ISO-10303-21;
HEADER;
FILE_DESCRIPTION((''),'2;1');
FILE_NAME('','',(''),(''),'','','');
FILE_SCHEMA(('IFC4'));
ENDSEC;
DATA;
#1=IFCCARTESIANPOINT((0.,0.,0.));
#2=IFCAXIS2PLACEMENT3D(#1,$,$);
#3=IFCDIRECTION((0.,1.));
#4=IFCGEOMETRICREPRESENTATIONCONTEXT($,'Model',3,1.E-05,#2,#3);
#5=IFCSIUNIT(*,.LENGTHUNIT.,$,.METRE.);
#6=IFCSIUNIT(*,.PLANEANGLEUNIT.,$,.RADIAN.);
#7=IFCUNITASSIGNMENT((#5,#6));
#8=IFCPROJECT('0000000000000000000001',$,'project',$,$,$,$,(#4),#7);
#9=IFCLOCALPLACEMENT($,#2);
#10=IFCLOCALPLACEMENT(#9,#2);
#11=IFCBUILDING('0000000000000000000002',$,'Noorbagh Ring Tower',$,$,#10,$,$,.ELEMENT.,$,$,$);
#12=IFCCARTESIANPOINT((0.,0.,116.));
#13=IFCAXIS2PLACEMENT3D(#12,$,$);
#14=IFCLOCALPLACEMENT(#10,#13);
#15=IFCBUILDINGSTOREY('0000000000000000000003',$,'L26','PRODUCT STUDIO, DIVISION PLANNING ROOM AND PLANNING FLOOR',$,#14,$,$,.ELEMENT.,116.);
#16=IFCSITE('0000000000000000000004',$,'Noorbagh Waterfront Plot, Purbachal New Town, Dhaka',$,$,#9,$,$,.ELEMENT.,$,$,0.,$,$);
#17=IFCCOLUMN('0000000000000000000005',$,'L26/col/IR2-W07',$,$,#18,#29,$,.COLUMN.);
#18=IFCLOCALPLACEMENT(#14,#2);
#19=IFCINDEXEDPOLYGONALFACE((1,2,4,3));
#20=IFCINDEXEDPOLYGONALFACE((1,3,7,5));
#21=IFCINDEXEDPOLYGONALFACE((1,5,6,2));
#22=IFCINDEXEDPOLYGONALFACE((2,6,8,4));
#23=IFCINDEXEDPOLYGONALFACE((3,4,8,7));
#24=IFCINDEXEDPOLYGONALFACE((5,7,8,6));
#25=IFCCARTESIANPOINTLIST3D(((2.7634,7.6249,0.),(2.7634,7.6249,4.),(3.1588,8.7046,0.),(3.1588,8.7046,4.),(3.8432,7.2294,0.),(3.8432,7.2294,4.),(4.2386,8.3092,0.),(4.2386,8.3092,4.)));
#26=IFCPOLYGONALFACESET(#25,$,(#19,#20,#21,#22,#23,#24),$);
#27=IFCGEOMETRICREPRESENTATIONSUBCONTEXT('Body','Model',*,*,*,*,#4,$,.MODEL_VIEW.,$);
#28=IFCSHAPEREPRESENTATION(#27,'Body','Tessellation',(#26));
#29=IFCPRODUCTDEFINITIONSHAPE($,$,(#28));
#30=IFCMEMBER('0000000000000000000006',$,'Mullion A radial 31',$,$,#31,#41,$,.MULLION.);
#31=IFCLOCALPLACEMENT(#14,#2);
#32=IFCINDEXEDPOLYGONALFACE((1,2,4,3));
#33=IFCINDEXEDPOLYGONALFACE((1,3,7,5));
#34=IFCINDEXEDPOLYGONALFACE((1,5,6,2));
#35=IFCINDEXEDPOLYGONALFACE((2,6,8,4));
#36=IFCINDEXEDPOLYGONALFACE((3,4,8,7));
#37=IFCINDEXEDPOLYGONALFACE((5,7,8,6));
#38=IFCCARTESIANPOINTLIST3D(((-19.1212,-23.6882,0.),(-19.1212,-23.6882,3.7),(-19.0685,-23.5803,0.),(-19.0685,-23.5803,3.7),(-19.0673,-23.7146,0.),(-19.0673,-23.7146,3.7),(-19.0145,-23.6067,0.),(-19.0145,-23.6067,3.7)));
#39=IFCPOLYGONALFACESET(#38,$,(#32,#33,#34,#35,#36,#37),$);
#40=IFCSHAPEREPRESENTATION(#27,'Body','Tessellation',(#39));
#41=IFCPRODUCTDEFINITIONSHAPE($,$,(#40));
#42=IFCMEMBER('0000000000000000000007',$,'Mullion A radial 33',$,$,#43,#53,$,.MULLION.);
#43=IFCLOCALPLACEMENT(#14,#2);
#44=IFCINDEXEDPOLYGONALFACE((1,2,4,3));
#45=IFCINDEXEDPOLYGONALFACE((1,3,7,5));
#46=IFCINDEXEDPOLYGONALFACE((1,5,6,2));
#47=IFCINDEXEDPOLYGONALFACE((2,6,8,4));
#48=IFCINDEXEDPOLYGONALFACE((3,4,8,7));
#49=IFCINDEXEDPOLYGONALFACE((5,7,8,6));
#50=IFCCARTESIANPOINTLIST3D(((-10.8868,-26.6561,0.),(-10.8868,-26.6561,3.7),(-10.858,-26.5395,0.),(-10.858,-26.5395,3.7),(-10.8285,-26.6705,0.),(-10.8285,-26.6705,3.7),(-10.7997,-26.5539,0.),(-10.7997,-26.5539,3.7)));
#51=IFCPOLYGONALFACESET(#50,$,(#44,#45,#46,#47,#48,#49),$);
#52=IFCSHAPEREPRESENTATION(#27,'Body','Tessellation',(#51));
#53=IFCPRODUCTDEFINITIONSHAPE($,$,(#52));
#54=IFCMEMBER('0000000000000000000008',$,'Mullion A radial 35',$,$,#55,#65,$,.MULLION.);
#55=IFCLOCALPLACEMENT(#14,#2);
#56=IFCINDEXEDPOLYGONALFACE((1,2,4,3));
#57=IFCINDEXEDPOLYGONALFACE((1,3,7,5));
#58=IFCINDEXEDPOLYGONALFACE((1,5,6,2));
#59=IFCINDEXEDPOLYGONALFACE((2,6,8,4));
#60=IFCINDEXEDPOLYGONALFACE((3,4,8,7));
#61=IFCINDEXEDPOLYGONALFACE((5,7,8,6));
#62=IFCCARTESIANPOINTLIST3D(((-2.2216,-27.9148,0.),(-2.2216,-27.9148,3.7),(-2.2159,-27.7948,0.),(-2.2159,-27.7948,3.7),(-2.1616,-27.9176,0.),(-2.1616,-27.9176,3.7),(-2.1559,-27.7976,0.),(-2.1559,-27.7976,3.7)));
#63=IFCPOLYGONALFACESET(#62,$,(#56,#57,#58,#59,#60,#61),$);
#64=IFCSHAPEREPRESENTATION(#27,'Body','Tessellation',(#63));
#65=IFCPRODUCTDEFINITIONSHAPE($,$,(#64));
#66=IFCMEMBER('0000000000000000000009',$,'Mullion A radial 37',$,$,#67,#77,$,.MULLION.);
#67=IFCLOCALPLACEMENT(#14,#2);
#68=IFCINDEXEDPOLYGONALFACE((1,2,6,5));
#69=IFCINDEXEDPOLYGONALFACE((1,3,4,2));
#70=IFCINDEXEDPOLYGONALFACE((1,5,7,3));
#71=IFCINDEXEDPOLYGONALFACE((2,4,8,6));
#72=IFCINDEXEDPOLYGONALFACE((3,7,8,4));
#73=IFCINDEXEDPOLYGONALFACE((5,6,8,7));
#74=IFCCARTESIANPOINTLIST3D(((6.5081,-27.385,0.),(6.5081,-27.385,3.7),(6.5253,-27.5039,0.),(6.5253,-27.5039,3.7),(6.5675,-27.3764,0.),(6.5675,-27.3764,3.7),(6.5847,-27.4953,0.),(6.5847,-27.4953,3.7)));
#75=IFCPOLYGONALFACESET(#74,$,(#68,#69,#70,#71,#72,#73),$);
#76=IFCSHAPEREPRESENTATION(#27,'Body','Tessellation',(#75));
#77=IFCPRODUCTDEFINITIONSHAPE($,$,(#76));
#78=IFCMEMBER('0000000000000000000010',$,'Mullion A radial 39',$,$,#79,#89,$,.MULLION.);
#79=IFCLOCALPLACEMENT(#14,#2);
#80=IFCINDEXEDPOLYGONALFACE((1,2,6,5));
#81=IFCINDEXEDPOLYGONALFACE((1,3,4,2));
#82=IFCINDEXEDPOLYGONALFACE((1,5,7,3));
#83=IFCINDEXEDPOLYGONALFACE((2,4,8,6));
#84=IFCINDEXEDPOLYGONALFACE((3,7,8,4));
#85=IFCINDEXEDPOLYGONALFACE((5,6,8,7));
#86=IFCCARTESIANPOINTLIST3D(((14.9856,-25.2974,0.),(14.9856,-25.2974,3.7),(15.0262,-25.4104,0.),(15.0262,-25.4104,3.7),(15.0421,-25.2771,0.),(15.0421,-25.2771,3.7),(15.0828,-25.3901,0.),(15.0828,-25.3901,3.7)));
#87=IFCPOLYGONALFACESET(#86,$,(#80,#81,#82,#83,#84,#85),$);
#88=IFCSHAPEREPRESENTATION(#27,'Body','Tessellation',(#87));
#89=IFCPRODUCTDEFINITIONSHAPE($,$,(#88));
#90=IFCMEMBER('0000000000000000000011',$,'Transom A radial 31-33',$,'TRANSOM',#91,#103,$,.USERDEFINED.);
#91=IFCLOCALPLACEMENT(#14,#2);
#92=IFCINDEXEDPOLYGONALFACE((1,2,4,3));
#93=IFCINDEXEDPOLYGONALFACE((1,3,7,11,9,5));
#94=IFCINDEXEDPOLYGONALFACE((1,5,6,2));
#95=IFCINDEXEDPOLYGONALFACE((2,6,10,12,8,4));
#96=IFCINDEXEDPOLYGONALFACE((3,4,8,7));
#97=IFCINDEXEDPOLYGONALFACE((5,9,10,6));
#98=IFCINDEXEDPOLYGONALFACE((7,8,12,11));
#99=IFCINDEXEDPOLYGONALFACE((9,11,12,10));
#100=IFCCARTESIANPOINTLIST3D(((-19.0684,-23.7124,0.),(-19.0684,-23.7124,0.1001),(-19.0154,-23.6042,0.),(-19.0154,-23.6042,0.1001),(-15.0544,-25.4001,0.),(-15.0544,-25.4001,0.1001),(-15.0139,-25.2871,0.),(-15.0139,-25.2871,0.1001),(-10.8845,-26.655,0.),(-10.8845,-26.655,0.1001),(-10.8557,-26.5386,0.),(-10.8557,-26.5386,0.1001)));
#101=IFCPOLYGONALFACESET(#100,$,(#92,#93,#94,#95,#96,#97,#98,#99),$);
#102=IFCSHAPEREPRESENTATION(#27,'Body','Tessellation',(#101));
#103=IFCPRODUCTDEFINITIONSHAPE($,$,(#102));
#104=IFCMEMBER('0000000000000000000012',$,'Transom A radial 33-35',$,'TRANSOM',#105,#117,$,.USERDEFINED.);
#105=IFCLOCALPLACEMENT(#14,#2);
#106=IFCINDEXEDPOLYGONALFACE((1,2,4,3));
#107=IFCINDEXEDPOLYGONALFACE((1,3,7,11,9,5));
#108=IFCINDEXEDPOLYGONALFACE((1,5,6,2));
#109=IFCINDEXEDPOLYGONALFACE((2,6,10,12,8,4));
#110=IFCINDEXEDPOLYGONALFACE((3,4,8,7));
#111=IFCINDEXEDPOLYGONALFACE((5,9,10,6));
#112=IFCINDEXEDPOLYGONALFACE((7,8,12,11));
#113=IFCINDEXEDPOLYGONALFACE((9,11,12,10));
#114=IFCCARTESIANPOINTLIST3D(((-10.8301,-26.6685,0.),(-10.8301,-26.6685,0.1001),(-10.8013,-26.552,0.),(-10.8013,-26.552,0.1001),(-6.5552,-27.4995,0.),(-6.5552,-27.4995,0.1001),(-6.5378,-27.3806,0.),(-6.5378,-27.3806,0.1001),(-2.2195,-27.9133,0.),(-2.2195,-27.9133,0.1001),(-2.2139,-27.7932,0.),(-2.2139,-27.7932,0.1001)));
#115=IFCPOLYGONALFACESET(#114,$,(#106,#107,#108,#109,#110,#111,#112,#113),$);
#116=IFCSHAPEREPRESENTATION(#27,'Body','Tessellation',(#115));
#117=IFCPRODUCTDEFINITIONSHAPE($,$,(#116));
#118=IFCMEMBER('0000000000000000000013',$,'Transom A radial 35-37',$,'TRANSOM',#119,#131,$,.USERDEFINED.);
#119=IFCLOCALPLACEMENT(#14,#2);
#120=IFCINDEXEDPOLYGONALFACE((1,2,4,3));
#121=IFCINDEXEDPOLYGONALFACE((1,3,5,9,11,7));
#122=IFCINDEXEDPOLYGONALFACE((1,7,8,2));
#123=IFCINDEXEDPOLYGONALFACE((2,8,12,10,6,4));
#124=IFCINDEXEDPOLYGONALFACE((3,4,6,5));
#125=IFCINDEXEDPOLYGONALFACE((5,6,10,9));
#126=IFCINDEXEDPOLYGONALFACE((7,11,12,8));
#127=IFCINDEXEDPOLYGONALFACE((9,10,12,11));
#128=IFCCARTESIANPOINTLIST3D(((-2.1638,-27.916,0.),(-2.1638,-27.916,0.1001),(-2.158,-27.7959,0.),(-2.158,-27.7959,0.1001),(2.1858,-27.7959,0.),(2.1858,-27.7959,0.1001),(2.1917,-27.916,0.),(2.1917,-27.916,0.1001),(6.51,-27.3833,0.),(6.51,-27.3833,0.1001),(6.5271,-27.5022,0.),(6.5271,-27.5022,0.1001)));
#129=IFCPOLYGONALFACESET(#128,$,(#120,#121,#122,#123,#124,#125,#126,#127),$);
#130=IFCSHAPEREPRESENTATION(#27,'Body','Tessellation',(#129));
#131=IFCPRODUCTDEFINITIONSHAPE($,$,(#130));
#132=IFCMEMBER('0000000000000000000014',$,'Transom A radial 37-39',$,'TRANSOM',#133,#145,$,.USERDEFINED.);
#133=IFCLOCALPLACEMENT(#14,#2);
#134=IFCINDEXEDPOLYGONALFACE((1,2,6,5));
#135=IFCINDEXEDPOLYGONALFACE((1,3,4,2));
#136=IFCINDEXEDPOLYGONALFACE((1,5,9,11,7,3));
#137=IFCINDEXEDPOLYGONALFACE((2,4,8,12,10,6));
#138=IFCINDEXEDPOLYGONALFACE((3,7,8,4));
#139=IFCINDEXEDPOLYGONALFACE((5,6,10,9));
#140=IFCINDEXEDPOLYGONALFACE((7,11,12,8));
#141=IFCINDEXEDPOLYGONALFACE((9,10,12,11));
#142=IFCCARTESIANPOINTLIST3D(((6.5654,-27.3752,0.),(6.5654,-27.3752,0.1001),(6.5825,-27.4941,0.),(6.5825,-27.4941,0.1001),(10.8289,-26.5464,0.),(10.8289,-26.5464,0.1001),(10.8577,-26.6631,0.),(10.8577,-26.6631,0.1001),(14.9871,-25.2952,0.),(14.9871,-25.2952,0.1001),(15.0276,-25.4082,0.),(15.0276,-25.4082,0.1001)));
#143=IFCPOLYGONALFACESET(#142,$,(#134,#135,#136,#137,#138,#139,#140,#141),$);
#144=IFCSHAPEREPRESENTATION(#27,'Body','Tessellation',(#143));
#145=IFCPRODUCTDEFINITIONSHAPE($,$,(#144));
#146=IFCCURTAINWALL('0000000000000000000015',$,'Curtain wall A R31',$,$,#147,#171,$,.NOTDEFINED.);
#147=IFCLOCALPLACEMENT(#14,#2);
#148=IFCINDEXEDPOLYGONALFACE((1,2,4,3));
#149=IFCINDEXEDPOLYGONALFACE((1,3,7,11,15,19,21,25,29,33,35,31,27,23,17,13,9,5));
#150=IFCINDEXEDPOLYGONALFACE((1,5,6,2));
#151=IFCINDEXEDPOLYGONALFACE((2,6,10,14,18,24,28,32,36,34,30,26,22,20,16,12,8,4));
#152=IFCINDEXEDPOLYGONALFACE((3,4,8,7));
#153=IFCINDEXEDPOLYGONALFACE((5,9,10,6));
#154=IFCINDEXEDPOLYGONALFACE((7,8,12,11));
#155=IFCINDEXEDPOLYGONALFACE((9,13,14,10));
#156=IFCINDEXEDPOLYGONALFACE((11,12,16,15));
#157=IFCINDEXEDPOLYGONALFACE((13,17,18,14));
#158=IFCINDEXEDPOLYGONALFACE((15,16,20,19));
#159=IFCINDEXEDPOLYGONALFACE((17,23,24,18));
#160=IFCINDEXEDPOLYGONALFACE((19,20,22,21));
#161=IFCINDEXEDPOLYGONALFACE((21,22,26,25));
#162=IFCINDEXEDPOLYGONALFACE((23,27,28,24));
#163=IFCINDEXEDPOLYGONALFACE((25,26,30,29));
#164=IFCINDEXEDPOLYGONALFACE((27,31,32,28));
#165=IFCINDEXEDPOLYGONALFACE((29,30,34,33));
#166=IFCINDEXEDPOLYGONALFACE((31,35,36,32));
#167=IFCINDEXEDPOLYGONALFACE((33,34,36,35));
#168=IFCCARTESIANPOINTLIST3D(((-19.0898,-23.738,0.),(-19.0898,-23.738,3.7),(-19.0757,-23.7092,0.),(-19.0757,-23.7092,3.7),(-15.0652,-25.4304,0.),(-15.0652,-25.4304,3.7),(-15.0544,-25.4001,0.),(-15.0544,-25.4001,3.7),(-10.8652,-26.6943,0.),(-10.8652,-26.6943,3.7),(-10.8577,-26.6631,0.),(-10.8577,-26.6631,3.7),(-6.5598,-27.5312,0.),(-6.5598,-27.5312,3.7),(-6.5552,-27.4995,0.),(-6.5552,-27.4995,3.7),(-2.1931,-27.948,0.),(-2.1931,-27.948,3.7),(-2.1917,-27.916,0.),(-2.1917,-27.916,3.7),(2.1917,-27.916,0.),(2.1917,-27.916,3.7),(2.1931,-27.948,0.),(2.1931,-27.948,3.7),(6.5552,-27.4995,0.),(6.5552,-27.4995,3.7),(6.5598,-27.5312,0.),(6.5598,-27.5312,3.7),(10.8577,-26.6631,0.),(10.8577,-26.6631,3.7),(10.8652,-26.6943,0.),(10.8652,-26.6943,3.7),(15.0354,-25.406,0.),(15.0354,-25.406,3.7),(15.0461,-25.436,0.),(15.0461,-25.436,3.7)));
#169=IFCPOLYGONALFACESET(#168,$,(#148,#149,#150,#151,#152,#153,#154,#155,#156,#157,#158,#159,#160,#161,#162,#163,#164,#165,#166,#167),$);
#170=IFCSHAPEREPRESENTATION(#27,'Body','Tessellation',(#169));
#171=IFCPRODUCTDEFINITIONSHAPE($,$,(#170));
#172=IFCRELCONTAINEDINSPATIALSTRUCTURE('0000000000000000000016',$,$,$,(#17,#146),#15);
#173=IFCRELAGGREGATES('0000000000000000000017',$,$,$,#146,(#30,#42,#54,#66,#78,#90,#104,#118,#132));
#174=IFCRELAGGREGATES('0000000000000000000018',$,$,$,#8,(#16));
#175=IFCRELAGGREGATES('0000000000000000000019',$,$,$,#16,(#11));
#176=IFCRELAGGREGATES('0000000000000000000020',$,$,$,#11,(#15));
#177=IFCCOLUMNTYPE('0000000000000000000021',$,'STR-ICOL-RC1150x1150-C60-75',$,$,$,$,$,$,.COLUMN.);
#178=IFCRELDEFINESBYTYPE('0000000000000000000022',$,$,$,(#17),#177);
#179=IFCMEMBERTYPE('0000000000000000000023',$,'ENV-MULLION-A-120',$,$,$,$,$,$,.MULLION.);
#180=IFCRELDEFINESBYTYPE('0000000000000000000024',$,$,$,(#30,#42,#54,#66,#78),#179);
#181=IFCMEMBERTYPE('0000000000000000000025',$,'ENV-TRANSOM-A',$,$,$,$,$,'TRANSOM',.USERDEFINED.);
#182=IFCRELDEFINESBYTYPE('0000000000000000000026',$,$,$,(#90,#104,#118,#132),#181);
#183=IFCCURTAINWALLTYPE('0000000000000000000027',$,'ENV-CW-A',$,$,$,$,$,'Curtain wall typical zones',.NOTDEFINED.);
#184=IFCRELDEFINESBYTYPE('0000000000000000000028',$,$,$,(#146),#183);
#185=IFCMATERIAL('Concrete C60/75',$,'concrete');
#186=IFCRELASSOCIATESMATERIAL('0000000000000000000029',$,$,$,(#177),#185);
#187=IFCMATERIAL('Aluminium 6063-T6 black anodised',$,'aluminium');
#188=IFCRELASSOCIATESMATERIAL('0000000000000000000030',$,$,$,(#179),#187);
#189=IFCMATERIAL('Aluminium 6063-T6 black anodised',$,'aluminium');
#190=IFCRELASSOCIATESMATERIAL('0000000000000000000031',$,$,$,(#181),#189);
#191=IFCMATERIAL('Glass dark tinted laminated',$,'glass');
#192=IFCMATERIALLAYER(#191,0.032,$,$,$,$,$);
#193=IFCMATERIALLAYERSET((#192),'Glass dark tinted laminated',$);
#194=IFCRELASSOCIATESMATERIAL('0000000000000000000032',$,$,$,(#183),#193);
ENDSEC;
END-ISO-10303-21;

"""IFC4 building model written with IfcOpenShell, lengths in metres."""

from ifc_helpers import new_model, si_unit, direction, frame, origin, origin_2d, place, context, subcontext, project, spatial, polyline, rectangle, outline, extrude, material, layer, layer_set, material_profile, profile_set, type_object, element, aggregate, save


model = new_model("IFC4")

# Units and contexts
model_context = context("Model", 3, precision=1e-05, world=origin(), true_north=direction((0.0, 1.0)))
body_context = subcontext(model_context, "Body", "Model", "MODEL_VIEW")
ifc_project = project(units=[si_unit("LENGTHUNIT", "METRE"), si_unit("PLANEANGLEUNIT", "RADIAN")], contexts=[model_context])

# Site, building, storey
site_placement = place(None, origin())
site = spatial("IfcSite", under=ifc_project, at=site_placement, Name="Noorbagh Waterfront Plot, Purbachal New Town, Dhaka", CompositionType="ELEMENT", RefElevation=0.0)
building_placement = place(site_placement, origin())
building = spatial("IfcBuilding", under=site, at=building_placement, Name="Noorbagh Ring Tower", CompositionType="ELEMENT")
storey_placement = place(building_placement, frame((0.0, 0.0, 116.0)))
storey = spatial("IfcBuildingStorey", under=building, at=storey_placement, Name="L26", Description="PRODUCT STUDIO, DIVISION PLANNING ROOM AND PLANNING FLOOR", CompositionType="ELEMENT", Elevation=116.0)

# Column
ifc_material_1 = material(Name="Concrete C60/75", Category="concrete")
ifc_material_profile_1 = material_profile(ifc_material_1, rectangle(XDim=1.1499, YDim=1.1499, at=origin_2d()), Name="RC1150x1150")
ifc_profile_set_1 = profile_set([ifc_material_profile_1], Name="Concrete C60/75")
column_type = type_object("IfcColumnType", Name="STR-ICOL-RC1150x1150-C60-75", PredefinedType="COLUMN", material=ifc_profile_set_1)
column_placement = place(storey_placement, frame((3.501, 7.967, 0.0), z_axis=(0.0, 0.0, 1.0), x_axis=(-0.93902, 0.343864, 0.0)))
element("IfcColumn", 1, at=column_placement, inside=storey, type_object=column_type, Name="L26/col/IR2-W07", PredefinedType="COLUMN", context=body_context, shape_type="SweptSolid", body=[
    extrude(rectangle(XDim=1.1499, YDim=1.1499, at=origin_2d()), origin(), (0.0, 0.0, 1.0), 4.0),
])

# Members
ifc_material_2 = material(Name="Aluminium 6063-T6 black anodised", Category="aluminium")
ifc_material_profile_2 = material_profile(ifc_material_2, rectangle(XDim=0.1201, YDim=0.0601, at=origin_2d()), Name="120x60")
ifc_profile_set_2 = profile_set([ifc_material_profile_2], Name="Aluminium 6063-T6 black anodised")
member_type_1 = type_object("IfcMemberType", Name="ENV-MULLION-A-120", PredefinedType="MULLION", material=ifc_profile_set_2)
member_1_placement = place(storey_placement, frame((-19.0679, -23.6475, 0.0), z_axis=(0.0, 0.0, 1.0), x_axis=(0.439238, 0.898371, 0.0)))
member_1 = element("IfcMember", 2, at=member_1_placement, type_object=member_type_1, Name="Mullion A radial 31", PredefinedType="MULLION", context=body_context, shape_type="SweptSolid", body=[
    extrude(rectangle(XDim=0.1201, YDim=0.0601, at=origin_2d()), origin(), (0.0, 0.0, 1.0), 3.7),
])
member_2_placement = place(storey_placement, frame((-10.8433, -26.605, 0.0), z_axis=(0.0, 0.0, 1.0), x_axis=(0.239799, 0.970823, 0.0)))
member_2 = element("IfcMember", 3, at=member_2_placement, type_object=member_type_1, Name="Mullion A radial 33", PredefinedType="MULLION", context=body_context, shape_type="SweptSolid", body=[
    extrude(rectangle(XDim=0.1201, YDim=0.0601, at=origin_2d()), origin(), (0.0, 0.0, 1.0), 3.7),
])
member_3_placement = place(storey_placement, frame((-2.1887, -27.8562, 0.0), z_axis=(0.0, 0.0, 1.0), x_axis=(0.047558, 0.998868, 0.0)))
member_3 = element("IfcMember", 4, at=member_3_placement, type_object=member_type_1, Name="Mullion A radial 35", PredefinedType="MULLION", context=body_context, shape_type="SweptSolid", body=[
    extrude(rectangle(XDim=0.1201, YDim=0.0601, at=origin_2d()), origin(), (0.0, 0.0, 1.0), 3.7),
])
member_4_placement = place(storey_placement, frame((6.5464, -27.4402, 0.0), z_axis=(0.0, 0.0, 1.0), x_axis=(-0.143082, 0.989711, 0.0)))
member_4 = element("IfcMember", 5, at=member_4_placement, type_object=member_type_1, Name="Mullion A radial 37", PredefinedType="MULLION", context=body_context, shape_type="SweptSolid", body=[
    extrude(rectangle(XDim=0.1201, YDim=0.0601, at=origin_2d()), origin(), (0.0, 0.0, 1.0), 3.7),
])
member_5_placement = place(storey_placement, frame((15.0342, -25.3438, 0.0), z_axis=(0.0, 0.0, 1.0), x_axis=(-0.338379, 0.94101, 0.0)))
member_5 = element("IfcMember", 6, at=member_5_placement, type_object=member_type_1, Name="Mullion A radial 39", PredefinedType="MULLION", context=body_context, shape_type="SweptSolid", body=[
    extrude(rectangle(XDim=0.1201, YDim=0.0601, at=origin_2d()), origin(), (0.0, 0.0, 1.0), 3.7),
])
ifc_material_3 = material(Name="Aluminium 6063-T6 black anodised", Category="aluminium")
member_type_2 = type_object("IfcMemberType", Name="ENV-TRANSOM-A", ElementType="TRANSOM", PredefinedType="USERDEFINED", material=ifc_material_3)
member_6_placement = place(storey_placement, origin())
member_6 = element("IfcMember", 7, at=member_6_placement, type_object=member_type_2, Name="Transom A radial 31-33", ObjectType="TRANSOM", PredefinedType="USERDEFINED", context=body_context, shape_type="SweptSolid", body=[
    extrude(outline(polyline([(-19.0684, -23.7124), (-15.0544, -25.4001), (-10.8845, -26.655), (-10.8557, -26.5386), (-15.0139, -25.2871), (-19.0154, -23.6042), (-19.0684, -23.7124)])), origin(), (0.0, 0.0, 1.0), 0.1001),
])
member_7_placement = place(storey_placement, origin())
member_7 = element("IfcMember", 8, at=member_7_placement, type_object=member_type_2, Name="Transom A radial 33-35", ObjectType="TRANSOM", PredefinedType="USERDEFINED", context=body_context, shape_type="SweptSolid", body=[
    extrude(outline(polyline([(-10.8301, -26.6685), (-6.5552, -27.4995), (-2.2195, -27.9133), (-2.2139, -27.7932), (-6.5378, -27.3806), (-10.8013, -26.552), (-10.8301, -26.6685)])), origin(), (0.0, 0.0, 1.0), 0.1001),
])
member_8_placement = place(storey_placement, origin())
member_8 = element("IfcMember", 9, at=member_8_placement, type_object=member_type_2, Name="Transom A radial 35-37", ObjectType="TRANSOM", PredefinedType="USERDEFINED", context=body_context, shape_type="SweptSolid", body=[
    extrude(outline(polyline([(-2.1638, -27.916), (2.1917, -27.916), (6.5271, -27.5022), (6.51, -27.3833), (2.1858, -27.7959), (-2.158, -27.7959), (-2.1638, -27.916)])), origin(), (0.0, 0.0, 1.0), 0.1001),
])
member_9_placement = place(storey_placement, origin())
member_9 = element("IfcMember", 10, at=member_9_placement, type_object=member_type_2, Name="Transom A radial 37-39", ObjectType="TRANSOM", PredefinedType="USERDEFINED", context=body_context, shape_type="SweptSolid", body=[
    extrude(outline(polyline([(6.5825, -27.4941), (10.8577, -26.6631), (15.0276, -25.4082), (14.9871, -25.2952), (10.8289, -26.5464), (6.5654, -27.3752), (6.5825, -27.4941)])), origin(), (0.0, 0.0, 1.0), 0.1001),
])

# Curtain wall
ifc_material_4 = material(Name="Glass dark tinted laminated", Category="glass")
ifc_layer_1 = layer(ifc_material_4, 0.032)
ifc_layer_set_1 = layer_set([ifc_layer_1], Name="Glass dark tinted laminated")
curtain_wall_type_1 = type_object("IfcCurtainWallType", Name="ENV-CW-A", ElementType="Curtain wall typical zones", PredefinedType="NOTDEFINED", material=ifc_layer_set_1)
curtain_wall_1_placement = place(storey_placement, origin())
curtain_wall_1 = element("IfcCurtainWall", 11, at=curtain_wall_1_placement, inside=storey, type_object=curtain_wall_type_1, Name="Curtain wall A R31", PredefinedType="NOTDEFINED", context=body_context, shape_type="SweptSolid", body=[
    extrude(outline(polyline([(-19.0898, -23.738), (-15.0652, -25.4304), (-10.8652, -26.6943), (-6.5598, -27.5312), (-2.1931, -27.948), (2.1931, -27.948), (6.5598, -27.5312), (10.8652, -26.6943), (15.0461, -25.436), (15.0354, -25.406), (10.8577, -26.6631), (6.5552, -27.4995), (2.1917, -27.916), (-2.1917, -27.916), (-6.5552, -27.4995), (-10.8577, -26.6631), (-15.0544, -25.4001), (-19.0757, -23.7092), (-19.0898, -23.738)])), origin(), (0.0, 0.0, 1.0), 3.7),
])
aggregate(curtain_wall_1, [member_1, member_2, member_3, member_4, member_5, member_6, member_7, member_8, member_9])

save(model, "model.ifc")
